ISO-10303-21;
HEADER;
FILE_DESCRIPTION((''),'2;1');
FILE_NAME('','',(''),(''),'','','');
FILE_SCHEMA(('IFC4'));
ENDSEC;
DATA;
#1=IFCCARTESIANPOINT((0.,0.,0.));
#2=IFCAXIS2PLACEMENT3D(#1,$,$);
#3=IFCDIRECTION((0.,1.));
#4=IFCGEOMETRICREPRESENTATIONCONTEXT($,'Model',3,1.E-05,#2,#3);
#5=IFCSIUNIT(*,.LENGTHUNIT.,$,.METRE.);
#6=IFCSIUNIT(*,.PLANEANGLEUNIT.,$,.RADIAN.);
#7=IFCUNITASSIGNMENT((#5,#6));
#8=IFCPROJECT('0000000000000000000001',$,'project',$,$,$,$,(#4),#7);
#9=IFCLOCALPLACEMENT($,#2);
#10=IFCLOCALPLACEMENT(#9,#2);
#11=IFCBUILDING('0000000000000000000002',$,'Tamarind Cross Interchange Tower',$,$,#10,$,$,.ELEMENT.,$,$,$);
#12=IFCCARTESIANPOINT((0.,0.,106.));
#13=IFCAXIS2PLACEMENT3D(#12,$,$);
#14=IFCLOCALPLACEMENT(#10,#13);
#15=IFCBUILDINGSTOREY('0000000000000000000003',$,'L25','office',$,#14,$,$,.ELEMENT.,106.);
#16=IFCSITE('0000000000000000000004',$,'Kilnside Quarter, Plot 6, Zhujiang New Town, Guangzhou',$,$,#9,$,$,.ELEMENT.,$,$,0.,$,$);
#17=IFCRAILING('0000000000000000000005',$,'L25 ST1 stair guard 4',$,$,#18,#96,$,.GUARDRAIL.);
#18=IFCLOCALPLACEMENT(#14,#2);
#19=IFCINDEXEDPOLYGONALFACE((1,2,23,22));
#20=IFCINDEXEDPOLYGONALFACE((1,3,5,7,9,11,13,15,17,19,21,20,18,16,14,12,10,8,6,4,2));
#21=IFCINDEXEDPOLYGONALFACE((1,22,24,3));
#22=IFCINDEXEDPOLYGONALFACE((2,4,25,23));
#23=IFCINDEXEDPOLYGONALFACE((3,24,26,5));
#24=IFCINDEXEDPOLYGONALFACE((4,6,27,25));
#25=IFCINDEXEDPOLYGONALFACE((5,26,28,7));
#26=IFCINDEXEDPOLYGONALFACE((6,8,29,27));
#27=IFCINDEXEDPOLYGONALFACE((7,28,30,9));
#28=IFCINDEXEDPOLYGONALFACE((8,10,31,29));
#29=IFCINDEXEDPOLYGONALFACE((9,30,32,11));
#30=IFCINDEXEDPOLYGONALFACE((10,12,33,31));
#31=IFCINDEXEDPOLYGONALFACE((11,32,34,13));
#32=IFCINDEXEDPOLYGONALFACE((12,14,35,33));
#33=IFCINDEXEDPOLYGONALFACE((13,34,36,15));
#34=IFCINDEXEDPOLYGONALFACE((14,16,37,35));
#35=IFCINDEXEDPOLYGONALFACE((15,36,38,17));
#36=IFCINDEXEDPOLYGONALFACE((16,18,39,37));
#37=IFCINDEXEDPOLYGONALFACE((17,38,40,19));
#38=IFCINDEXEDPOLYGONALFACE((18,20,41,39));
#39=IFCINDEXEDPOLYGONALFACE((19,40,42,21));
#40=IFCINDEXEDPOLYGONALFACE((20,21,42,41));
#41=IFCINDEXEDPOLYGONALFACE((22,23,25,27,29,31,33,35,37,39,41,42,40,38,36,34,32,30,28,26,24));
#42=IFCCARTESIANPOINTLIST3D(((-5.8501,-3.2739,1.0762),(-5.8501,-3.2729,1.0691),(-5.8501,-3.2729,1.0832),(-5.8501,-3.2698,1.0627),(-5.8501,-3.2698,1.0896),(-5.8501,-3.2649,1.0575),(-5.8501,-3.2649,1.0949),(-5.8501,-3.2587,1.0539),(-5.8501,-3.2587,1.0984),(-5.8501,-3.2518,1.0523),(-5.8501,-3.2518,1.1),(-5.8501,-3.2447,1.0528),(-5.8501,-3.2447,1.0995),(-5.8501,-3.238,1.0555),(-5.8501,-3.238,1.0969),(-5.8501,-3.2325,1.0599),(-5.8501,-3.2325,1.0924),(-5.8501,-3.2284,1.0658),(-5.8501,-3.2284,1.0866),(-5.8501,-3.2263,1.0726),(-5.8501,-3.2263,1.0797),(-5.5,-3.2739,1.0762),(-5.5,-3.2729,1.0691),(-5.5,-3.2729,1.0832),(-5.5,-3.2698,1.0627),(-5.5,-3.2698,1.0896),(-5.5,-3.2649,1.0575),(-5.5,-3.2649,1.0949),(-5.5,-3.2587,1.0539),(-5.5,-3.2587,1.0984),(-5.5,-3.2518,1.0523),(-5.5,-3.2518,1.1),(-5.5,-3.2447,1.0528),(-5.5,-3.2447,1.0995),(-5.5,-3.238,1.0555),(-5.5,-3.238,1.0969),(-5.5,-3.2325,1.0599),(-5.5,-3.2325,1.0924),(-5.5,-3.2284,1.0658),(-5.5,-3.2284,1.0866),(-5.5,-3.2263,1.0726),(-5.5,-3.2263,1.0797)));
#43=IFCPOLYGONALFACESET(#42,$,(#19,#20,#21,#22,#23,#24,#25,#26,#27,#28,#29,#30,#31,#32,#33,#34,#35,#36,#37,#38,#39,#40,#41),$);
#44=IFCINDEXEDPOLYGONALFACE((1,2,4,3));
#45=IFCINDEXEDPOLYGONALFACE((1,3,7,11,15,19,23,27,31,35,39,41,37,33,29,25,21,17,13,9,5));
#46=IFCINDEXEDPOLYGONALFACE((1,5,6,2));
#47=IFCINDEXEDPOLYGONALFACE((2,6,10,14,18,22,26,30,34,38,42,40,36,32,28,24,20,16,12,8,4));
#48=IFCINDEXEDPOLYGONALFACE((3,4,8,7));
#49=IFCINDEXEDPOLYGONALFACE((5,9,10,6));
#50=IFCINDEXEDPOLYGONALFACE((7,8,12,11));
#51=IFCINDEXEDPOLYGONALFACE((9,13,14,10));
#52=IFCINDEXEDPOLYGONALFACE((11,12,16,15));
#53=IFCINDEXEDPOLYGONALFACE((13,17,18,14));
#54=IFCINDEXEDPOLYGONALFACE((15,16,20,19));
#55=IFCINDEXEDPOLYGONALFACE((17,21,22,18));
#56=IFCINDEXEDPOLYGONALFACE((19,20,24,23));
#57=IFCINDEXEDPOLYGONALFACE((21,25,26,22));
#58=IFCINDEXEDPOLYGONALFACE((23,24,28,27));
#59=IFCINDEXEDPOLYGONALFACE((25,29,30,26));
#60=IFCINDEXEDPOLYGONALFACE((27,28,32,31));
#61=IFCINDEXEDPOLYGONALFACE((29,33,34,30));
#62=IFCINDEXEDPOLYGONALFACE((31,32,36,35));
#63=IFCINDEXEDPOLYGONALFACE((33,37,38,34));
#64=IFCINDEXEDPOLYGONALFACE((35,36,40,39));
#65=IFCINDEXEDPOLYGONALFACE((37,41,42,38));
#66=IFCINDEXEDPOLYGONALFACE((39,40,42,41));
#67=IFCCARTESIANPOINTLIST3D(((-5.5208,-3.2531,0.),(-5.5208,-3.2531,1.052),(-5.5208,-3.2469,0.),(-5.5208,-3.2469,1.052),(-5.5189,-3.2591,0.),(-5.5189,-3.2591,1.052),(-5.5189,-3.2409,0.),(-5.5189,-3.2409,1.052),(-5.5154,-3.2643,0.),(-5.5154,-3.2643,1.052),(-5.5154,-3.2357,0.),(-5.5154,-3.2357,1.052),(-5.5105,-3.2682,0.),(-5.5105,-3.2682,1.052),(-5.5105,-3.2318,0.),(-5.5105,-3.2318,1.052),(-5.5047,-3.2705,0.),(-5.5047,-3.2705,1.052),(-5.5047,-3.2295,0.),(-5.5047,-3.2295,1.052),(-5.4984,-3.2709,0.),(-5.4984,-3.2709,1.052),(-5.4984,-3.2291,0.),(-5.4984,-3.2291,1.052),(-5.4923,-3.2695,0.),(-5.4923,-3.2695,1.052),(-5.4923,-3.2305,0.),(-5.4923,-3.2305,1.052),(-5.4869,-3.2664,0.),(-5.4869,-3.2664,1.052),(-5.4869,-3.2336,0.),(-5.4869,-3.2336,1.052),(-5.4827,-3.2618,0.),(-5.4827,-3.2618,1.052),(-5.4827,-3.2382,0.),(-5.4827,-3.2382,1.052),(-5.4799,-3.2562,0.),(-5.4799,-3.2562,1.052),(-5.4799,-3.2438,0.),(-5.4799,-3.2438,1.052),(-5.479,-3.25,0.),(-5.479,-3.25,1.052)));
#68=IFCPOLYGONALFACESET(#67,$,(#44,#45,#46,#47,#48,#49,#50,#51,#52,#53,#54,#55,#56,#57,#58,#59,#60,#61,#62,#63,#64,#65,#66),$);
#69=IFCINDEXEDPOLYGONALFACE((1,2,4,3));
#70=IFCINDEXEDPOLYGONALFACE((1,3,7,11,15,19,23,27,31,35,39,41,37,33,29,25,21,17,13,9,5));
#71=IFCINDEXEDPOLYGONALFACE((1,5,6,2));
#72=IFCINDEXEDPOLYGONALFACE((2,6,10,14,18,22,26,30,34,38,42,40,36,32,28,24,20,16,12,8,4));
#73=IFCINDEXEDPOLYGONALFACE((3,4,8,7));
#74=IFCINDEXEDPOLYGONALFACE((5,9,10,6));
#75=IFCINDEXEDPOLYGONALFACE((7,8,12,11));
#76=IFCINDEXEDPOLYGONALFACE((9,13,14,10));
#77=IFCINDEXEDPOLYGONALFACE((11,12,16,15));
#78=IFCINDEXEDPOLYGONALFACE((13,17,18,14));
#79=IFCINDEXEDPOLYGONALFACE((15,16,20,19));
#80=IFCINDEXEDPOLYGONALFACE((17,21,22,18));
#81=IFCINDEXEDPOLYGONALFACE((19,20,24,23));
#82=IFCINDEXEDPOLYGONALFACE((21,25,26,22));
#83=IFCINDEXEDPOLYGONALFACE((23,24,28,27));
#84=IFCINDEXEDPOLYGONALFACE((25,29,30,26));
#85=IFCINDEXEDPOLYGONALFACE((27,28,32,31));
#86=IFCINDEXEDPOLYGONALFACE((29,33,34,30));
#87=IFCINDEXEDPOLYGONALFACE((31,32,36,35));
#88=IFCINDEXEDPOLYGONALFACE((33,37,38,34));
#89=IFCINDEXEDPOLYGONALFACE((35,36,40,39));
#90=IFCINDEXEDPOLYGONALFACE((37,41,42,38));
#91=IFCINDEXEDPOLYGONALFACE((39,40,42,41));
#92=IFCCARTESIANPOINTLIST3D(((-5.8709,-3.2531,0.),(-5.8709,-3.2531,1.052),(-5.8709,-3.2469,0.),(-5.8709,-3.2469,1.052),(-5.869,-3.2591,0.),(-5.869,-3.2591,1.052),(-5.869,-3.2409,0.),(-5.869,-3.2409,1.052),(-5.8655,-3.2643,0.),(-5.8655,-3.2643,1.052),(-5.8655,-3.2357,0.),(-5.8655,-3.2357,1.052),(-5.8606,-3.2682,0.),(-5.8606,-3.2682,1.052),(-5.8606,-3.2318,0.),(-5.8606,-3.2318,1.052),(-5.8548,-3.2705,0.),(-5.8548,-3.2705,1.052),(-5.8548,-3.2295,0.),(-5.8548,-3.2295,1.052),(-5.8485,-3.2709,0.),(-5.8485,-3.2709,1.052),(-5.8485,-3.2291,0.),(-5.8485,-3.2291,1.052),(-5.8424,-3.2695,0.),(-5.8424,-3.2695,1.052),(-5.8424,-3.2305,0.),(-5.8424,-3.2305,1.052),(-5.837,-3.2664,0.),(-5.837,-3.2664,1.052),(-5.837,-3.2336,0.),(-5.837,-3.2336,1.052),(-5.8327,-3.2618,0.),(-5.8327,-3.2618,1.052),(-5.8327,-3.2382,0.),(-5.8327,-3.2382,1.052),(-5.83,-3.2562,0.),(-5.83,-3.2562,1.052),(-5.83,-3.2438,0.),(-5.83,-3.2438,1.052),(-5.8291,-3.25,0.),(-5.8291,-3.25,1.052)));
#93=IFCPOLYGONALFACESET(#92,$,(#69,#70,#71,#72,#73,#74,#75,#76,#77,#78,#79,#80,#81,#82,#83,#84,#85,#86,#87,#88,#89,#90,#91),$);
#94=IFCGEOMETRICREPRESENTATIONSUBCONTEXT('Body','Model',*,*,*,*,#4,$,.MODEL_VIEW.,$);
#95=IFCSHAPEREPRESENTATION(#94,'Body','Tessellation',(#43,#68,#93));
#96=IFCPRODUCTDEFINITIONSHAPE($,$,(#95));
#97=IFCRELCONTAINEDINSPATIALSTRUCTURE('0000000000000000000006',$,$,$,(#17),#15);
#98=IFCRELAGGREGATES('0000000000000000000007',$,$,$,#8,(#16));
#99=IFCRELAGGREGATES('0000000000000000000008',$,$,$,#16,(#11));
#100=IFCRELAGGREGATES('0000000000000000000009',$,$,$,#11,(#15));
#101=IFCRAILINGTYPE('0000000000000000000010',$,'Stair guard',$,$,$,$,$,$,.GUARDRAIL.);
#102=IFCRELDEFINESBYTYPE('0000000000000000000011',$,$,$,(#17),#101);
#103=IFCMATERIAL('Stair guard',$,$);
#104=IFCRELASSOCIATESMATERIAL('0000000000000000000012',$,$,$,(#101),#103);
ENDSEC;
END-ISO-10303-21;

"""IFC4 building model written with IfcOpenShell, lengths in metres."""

from ifc_helpers import new_model, si_unit, direction, frame, origin, origin_2d, place, context, subcontext, project, spatial, circle, extrude, material, type_object, element, save


model = new_model("IFC4")

# Units and contexts
model_context = context("Model", 3, precision=1e-05, world=origin(), true_north=direction((0.0, 1.0)))
body_context = subcontext(model_context, "Body", "Model", "MODEL_VIEW")
ifc_project = project(units=[si_unit("LENGTHUNIT", "METRE"), si_unit("PLANEANGLEUNIT", "RADIAN")], contexts=[model_context])

# Site, building, storey
site_placement = place(None, origin())
site = spatial("IfcSite", under=ifc_project, at=site_placement, Name="Kilnside Quarter, Plot 6, Zhujiang New Town, Guangzhou", CompositionType="ELEMENT", RefElevation=0.0)
building_placement = place(site_placement, origin())
building = spatial("IfcBuilding", under=site, at=building_placement, Name="Tamarind Cross Interchange Tower", CompositionType="ELEMENT")
storey_placement = place(building_placement, frame((0.0, 0.0, 106.0)))
storey = spatial("IfcBuildingStorey", under=building, at=storey_placement, Name="L25", Description="office", CompositionType="ELEMENT", Elevation=106.0)

# Railing
ifc_material_1 = material(Name="Stair guard")
railing_type_1 = type_object("IfcRailingType", Name="Stair guard", PredefinedType="GUARDRAIL", material=ifc_material_1)
railing_1_placement = place(storey_placement, frame((-5.5, -3.25, 0.0)))
element("IfcRailing", 1, at=railing_1_placement, inside=storey, type_object=railing_type_1, Name="L25 ST1 stair guard 4", PredefinedType="GUARDRAIL", context=body_context, shape_type="SweptSolid", body=[
    extrude(circle(Radius=0.0239, at=origin_2d()), frame((0.0, 0.0, 1.0762), z_axis=(-1.0, 0.0, 0.0), x_axis=(0.0, -1.0, 0.0)), (0.0, 0.0, 1.0), 0.3501),
    extrude(circle(Radius=0.021, at=origin_2d()), origin(), (0.0, 0.0, 1.0), 1.052),
    extrude(circle(Radius=0.021, at=origin_2d()), frame((-0.3501, 0.0, 0.0)), (0.0, 0.0, 1.0), 1.052),
])

save(model, "model.ifc")
